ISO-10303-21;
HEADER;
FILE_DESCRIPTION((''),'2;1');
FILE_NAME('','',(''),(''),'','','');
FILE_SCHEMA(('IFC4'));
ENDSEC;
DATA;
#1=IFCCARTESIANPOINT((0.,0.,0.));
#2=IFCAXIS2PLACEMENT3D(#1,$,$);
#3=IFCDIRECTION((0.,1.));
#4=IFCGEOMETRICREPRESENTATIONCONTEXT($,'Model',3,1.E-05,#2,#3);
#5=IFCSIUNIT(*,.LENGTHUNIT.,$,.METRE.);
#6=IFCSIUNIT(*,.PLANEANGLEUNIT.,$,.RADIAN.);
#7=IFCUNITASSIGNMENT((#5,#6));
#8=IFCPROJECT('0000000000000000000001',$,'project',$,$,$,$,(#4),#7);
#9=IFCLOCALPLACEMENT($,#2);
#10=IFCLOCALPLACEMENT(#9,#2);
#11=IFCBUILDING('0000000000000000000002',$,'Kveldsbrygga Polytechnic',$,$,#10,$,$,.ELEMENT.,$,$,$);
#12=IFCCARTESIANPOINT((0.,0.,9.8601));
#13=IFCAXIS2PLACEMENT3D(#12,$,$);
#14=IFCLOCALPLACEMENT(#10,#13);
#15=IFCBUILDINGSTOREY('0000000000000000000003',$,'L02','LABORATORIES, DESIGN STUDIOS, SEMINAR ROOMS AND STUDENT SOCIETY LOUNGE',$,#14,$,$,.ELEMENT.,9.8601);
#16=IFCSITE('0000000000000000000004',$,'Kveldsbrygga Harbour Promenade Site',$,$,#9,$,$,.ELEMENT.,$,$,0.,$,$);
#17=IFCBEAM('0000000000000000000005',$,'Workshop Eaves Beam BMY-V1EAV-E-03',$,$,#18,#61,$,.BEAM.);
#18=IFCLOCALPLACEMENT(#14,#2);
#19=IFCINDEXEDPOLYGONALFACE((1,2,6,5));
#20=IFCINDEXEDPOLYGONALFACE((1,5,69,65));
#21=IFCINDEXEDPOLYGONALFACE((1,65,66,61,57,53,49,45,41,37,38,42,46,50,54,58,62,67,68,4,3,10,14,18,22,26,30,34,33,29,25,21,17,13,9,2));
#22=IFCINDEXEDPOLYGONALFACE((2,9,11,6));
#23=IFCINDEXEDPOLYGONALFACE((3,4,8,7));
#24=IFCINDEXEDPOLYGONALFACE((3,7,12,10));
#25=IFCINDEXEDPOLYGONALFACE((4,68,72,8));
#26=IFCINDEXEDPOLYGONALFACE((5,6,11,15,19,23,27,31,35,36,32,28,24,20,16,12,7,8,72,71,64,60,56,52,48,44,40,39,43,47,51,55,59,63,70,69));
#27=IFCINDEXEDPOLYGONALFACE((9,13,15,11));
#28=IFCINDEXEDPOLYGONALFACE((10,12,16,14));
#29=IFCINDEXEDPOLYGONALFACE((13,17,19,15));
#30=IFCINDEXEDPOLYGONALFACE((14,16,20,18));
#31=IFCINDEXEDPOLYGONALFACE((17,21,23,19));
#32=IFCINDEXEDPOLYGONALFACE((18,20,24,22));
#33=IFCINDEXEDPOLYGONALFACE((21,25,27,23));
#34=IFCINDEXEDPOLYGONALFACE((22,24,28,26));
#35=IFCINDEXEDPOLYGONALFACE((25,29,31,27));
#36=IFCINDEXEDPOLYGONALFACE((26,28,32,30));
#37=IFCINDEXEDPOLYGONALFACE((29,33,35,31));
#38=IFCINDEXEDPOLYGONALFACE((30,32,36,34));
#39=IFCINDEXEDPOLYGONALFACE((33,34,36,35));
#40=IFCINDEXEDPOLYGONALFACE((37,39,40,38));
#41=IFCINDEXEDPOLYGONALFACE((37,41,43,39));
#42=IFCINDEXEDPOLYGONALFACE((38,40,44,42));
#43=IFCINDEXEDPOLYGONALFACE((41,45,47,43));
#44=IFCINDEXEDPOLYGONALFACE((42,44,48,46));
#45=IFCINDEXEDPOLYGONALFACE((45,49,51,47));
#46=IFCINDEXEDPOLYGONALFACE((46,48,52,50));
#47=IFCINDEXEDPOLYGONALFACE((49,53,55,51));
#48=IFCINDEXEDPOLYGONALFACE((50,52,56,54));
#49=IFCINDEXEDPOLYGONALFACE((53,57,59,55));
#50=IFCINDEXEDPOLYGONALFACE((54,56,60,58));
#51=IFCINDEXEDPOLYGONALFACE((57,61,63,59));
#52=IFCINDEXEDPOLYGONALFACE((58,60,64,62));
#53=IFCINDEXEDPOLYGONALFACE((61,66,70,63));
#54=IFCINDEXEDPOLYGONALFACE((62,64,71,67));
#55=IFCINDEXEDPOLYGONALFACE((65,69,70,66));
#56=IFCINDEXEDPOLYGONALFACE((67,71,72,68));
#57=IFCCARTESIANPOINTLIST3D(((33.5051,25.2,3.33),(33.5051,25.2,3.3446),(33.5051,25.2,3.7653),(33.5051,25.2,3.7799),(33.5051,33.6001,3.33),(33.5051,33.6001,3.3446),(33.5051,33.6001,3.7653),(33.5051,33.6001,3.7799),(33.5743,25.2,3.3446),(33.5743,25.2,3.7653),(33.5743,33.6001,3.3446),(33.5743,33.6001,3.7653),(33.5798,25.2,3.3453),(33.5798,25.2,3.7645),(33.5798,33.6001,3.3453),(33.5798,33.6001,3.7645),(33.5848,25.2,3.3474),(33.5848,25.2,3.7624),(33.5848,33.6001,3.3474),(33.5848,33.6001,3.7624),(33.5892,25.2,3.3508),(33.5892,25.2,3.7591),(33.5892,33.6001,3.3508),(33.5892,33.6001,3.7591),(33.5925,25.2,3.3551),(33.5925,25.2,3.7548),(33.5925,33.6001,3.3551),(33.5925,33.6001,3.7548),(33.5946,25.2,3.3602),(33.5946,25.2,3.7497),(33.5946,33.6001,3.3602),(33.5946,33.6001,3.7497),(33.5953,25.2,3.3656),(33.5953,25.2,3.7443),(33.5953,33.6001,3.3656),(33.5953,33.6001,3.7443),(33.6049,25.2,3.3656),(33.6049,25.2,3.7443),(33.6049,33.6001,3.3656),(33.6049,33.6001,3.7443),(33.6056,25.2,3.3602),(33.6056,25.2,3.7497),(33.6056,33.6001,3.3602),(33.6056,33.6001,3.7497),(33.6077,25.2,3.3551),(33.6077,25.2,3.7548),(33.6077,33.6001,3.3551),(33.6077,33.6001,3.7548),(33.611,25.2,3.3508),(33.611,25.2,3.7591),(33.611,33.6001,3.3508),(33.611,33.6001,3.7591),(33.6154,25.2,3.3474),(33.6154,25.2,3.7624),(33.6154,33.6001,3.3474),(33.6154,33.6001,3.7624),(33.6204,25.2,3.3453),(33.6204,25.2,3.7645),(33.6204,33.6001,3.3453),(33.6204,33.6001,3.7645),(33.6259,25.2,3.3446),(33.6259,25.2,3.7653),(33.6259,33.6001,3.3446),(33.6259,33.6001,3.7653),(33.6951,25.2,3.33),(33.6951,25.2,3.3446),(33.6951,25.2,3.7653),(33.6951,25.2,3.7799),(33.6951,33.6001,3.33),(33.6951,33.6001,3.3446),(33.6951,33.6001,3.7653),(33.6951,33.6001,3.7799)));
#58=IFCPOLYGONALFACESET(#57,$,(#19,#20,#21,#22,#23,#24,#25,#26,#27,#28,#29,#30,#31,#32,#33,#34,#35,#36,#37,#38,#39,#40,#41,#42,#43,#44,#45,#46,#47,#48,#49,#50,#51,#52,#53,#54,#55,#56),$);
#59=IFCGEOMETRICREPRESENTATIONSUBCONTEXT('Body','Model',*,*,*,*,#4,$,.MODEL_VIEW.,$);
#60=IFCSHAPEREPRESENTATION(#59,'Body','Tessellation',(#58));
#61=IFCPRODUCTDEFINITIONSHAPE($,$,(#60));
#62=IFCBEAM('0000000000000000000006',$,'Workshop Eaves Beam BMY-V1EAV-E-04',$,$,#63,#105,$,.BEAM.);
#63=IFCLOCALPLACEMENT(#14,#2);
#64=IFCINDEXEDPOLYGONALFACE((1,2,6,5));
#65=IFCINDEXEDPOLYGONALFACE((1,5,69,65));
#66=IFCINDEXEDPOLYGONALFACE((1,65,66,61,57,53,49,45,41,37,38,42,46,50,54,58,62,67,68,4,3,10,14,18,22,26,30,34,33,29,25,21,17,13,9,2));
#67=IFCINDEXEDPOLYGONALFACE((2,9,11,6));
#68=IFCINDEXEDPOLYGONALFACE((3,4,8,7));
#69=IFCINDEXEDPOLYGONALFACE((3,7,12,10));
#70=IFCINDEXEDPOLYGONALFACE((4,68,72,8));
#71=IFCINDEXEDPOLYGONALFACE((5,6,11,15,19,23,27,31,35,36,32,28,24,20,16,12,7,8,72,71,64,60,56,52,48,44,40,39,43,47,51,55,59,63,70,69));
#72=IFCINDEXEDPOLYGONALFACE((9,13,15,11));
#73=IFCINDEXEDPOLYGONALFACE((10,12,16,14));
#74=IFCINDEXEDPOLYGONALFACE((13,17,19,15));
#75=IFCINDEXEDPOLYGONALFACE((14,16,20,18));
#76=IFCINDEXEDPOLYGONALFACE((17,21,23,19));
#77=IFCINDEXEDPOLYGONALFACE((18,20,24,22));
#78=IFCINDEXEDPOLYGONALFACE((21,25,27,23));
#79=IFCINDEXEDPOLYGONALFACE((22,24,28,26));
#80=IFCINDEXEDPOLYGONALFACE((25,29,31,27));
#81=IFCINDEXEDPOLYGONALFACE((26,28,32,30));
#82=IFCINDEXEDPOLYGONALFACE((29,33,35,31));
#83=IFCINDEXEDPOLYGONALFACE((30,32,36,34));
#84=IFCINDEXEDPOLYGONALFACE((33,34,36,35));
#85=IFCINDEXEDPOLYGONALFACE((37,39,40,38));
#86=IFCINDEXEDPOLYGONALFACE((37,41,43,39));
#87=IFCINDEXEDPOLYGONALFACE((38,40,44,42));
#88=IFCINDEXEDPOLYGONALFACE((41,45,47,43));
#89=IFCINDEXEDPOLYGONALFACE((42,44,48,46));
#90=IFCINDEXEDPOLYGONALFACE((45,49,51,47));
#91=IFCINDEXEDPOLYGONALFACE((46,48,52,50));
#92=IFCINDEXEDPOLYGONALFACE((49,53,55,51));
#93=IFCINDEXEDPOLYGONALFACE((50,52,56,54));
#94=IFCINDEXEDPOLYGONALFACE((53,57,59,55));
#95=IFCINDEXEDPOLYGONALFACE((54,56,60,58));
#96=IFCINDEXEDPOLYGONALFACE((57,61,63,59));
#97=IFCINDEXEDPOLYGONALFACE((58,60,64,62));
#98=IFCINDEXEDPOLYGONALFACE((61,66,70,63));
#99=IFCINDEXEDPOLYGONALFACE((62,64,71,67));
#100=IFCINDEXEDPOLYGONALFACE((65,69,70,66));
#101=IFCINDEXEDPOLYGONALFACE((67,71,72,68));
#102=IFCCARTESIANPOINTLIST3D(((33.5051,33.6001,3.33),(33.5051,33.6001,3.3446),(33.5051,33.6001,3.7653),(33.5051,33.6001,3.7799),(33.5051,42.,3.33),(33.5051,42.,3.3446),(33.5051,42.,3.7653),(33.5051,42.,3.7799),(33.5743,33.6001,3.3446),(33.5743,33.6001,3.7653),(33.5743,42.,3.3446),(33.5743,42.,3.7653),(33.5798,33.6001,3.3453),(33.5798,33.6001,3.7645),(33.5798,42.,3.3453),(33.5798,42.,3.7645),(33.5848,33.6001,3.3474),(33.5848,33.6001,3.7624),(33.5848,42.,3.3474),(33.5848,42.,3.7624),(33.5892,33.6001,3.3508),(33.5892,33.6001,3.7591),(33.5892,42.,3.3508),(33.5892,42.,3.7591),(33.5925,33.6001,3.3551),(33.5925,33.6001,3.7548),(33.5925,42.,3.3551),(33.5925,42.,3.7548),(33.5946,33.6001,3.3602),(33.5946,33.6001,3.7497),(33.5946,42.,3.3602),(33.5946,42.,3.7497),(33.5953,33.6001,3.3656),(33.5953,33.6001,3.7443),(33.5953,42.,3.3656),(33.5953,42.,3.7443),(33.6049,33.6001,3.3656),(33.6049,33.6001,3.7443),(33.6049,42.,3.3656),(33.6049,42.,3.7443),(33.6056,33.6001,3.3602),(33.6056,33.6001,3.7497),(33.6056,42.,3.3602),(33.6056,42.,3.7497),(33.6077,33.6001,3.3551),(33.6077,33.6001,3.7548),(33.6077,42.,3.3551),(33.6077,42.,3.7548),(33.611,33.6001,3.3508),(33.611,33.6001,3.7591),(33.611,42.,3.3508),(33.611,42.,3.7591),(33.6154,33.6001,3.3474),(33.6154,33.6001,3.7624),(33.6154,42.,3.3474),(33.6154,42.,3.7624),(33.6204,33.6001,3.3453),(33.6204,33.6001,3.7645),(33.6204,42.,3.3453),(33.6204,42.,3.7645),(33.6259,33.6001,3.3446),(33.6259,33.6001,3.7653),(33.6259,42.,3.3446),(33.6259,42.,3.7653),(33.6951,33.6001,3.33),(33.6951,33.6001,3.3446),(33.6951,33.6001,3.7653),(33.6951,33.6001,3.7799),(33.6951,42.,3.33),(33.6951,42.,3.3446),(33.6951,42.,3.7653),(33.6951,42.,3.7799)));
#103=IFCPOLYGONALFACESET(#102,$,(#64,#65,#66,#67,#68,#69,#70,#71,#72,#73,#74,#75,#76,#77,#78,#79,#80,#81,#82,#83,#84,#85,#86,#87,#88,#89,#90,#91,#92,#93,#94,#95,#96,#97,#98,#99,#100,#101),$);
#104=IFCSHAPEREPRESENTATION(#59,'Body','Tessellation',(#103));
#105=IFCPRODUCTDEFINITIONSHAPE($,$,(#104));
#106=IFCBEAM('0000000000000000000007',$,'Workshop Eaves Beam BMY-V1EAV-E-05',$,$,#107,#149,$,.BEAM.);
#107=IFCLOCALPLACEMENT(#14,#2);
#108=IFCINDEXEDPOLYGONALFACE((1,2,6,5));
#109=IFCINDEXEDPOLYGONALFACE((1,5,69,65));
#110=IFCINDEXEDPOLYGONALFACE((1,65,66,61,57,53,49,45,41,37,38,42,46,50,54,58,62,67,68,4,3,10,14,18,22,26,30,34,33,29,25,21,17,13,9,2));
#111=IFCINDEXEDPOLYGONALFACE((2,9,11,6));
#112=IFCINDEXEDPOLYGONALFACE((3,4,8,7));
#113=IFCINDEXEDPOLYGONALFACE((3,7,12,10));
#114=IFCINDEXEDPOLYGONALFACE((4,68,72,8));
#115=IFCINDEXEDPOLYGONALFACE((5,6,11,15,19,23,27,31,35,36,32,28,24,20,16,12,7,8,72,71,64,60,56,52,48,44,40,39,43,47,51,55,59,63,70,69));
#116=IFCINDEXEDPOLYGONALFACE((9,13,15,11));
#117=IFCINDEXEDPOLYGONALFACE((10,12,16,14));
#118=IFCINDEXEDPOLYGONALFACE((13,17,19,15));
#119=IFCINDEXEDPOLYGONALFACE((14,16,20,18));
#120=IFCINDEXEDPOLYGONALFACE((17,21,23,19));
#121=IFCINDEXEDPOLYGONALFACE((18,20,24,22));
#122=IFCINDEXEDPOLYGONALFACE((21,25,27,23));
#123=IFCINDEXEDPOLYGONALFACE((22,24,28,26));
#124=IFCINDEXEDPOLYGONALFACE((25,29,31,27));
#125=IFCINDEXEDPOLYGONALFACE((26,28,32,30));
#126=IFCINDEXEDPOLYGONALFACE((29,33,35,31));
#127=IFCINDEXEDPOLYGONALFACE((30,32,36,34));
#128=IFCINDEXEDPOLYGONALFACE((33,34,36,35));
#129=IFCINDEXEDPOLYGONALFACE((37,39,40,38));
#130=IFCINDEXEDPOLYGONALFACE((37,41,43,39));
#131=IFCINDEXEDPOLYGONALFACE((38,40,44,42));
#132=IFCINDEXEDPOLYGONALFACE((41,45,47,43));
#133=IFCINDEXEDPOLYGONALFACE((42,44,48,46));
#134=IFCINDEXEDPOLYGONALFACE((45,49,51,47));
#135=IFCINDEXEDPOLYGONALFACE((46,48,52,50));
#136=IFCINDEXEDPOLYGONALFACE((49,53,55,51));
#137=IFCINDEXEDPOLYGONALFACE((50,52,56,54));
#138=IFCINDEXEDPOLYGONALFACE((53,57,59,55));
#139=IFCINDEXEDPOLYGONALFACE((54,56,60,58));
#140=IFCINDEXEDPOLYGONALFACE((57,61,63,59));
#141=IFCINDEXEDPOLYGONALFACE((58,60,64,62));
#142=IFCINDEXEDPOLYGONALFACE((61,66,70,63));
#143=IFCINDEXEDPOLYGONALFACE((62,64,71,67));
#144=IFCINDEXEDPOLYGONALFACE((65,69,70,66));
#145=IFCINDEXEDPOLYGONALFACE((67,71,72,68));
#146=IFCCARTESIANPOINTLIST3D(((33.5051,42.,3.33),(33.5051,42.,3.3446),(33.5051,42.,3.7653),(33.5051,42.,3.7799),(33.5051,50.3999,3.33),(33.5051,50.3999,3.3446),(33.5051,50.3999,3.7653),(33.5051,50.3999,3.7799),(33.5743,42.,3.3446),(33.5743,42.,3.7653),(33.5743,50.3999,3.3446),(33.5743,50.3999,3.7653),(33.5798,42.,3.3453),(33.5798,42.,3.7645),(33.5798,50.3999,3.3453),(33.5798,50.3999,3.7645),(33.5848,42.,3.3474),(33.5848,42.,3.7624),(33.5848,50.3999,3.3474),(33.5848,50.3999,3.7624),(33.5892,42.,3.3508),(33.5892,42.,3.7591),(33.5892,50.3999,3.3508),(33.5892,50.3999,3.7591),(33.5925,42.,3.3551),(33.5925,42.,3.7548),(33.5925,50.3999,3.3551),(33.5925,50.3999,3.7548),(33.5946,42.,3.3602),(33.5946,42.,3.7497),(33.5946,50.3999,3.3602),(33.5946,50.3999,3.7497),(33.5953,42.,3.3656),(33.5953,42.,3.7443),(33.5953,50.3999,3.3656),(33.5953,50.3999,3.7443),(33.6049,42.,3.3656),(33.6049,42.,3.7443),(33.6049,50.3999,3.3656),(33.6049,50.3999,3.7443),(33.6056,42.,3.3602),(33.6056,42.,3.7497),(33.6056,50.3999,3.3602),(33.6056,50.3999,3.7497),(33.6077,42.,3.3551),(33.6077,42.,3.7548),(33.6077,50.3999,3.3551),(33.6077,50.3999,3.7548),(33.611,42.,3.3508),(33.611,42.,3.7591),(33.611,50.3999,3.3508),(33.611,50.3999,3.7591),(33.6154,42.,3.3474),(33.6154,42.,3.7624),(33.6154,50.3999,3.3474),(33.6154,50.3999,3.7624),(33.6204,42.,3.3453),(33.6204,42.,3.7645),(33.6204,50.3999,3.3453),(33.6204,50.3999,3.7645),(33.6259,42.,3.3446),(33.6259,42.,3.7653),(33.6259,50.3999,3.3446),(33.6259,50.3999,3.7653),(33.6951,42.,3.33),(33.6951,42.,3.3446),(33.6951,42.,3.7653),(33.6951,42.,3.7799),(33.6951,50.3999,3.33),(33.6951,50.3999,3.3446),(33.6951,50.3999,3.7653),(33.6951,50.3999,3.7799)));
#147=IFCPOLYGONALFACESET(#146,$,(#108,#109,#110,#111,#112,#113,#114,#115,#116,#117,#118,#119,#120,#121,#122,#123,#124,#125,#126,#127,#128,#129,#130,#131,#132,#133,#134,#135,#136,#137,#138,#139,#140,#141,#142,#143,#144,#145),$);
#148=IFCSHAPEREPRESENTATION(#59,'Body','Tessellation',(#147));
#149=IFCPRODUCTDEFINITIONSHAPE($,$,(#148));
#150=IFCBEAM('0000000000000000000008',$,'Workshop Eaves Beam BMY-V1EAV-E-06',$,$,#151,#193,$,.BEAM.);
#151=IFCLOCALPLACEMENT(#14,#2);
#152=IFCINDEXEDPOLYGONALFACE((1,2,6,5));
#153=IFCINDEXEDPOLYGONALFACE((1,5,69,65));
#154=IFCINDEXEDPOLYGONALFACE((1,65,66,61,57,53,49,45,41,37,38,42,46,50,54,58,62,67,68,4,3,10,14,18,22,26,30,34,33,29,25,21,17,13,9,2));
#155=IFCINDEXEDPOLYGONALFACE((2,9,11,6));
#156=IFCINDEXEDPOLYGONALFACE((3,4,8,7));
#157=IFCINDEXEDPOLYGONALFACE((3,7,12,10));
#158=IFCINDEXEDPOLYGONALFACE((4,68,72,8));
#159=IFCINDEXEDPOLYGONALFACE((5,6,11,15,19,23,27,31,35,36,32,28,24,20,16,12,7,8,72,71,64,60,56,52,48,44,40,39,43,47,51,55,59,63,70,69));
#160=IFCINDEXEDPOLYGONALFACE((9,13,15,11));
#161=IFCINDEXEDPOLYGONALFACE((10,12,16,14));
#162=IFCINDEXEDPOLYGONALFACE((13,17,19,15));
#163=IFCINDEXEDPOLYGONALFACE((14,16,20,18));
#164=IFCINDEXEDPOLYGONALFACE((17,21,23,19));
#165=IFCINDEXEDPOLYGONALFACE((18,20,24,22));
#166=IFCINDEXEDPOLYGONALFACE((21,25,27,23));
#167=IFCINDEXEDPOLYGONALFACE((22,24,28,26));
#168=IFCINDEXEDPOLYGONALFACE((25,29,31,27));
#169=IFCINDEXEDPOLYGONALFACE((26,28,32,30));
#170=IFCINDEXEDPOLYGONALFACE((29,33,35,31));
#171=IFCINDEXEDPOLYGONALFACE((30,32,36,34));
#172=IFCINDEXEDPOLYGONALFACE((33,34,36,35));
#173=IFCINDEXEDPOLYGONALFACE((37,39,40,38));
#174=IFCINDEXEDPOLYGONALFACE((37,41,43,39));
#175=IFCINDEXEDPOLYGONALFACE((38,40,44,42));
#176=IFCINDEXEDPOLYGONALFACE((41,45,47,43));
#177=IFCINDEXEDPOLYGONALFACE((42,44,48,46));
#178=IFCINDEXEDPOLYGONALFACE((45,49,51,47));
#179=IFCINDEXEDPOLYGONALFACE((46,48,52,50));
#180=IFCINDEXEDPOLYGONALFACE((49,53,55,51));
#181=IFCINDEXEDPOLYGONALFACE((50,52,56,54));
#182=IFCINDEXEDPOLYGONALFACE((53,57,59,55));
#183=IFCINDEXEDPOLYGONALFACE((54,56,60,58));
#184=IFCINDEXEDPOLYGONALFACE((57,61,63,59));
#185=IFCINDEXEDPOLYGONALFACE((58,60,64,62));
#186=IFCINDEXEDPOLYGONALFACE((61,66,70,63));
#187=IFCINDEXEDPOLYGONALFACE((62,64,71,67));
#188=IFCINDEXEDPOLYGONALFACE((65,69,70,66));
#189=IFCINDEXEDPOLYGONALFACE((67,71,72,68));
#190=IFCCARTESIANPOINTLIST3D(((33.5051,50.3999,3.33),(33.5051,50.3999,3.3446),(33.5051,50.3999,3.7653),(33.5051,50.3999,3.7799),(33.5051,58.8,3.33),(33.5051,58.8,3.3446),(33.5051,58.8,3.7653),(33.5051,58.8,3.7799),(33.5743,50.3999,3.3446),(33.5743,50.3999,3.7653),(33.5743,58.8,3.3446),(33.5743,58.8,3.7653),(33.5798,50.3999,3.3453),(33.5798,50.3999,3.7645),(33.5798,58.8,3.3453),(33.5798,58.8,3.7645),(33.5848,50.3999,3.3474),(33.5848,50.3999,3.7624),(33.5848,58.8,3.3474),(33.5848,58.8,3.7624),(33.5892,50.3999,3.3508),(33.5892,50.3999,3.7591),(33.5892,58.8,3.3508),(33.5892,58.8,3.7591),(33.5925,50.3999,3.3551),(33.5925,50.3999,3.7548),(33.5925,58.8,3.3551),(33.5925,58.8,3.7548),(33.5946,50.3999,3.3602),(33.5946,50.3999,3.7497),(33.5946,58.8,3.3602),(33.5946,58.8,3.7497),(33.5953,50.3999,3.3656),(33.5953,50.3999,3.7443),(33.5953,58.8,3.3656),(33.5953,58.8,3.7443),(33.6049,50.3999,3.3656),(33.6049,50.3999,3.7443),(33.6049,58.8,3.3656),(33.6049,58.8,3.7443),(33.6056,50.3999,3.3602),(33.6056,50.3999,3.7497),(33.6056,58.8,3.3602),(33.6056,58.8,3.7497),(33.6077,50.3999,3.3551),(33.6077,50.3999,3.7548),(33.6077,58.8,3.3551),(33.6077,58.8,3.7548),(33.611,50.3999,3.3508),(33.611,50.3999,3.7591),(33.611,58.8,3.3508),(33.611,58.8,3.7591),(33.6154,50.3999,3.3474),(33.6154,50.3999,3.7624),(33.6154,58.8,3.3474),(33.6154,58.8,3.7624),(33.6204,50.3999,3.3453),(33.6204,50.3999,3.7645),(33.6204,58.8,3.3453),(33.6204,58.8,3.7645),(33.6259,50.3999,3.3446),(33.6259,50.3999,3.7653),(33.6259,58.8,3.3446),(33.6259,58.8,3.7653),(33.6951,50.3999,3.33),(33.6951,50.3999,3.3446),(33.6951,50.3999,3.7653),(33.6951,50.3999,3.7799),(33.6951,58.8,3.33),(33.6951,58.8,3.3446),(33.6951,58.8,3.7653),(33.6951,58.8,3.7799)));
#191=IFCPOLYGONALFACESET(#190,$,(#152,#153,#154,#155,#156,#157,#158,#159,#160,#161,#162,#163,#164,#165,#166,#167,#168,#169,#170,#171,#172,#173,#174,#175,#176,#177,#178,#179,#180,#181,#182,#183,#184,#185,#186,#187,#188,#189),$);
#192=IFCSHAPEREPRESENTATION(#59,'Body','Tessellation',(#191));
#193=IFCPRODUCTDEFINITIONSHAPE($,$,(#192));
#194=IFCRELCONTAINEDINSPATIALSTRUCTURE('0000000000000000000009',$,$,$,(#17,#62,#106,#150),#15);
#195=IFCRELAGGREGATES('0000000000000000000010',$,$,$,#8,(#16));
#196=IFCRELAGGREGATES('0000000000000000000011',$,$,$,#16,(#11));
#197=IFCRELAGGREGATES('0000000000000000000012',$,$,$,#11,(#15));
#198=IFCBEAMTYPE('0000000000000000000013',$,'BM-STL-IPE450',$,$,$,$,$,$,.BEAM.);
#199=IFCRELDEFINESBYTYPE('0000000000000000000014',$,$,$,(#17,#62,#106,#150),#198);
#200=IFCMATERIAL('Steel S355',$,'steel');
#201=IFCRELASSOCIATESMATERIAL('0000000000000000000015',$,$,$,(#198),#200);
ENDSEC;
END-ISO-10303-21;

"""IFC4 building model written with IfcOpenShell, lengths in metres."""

from ifc_helpers import new_model, si_unit, direction, frame, origin, origin_2d, place, context, subcontext, project, spatial, i_section, extrude, material, material_profile, profile_set, type_object, element, save


model = new_model("IFC4")

# Units and contexts
model_context = context("Model", 3, precision=1e-05, world=origin(), true_north=direction((0.0, 1.0)))
body_context = subcontext(model_context, "Body", "Model", "MODEL_VIEW")
ifc_project = project(units=[si_unit("LENGTHUNIT", "METRE"), si_unit("PLANEANGLEUNIT", "RADIAN")], contexts=[model_context])

# Site, building, storey
site_placement = place(None, origin())
site = spatial("IfcSite", under=ifc_project, at=site_placement, Name="Kveldsbrygga Harbour Promenade Site", CompositionType="ELEMENT", RefElevation=0.0)
building_placement = place(site_placement, origin())
building = spatial("IfcBuilding", under=site, at=building_placement, Name="Kveldsbrygga Polytechnic", CompositionType="ELEMENT")
storey_placement = place(building_placement, frame((0.0, 0.0, 9.8601)))
storey = spatial("IfcBuildingStorey", under=building, at=storey_placement, Name="L02", Description="LABORATORIES, DESIGN STUDIOS, SEMINAR ROOMS AND STUDENT SOCIETY LOUNGE", CompositionType="ELEMENT", Elevation=9.8601)

# Shared definitions
ifc_material_1 = material(Name="Steel S355", Category="steel")

# Beams
ifc_material_profile_1 = material_profile(ifc_material_1, i_section(OverallWidth=0.1899, OverallDepth=0.45, WebThickness=0.0095, FlangeThickness=0.0146, FilletRadius=0.021, at=origin_2d()), Name="IPE 450")
ifc_profile_set_1 = profile_set([ifc_material_profile_1], Name="Steel S355")
beam_type = type_object("IfcBeamType", Name="BM-STL-IPE450", PredefinedType="BEAM", material=ifc_profile_set_1)
beam_1_placement = place(storey_placement, frame((33.6001, 25.2, 3.5549), z_axis=(0.0, 1.0, 0.0), x_axis=(-1.0, 0.0, 0.0)))
element("IfcBeam", 1, at=beam_1_placement, inside=storey, type_object=beam_type, Name="Workshop Eaves Beam BMY-V1EAV-E-03", PredefinedType="BEAM", context=body_context, shape_type="SweptSolid", body=[
    extrude(i_section(OverallWidth=0.1899, OverallDepth=0.45, WebThickness=0.0095, FlangeThickness=0.0146, FilletRadius=0.021, at=origin_2d()), origin(), (0.0, 0.0, 1.0), 8.4001),
])
for number, where, z_axis, x_axis, name in (
    (2, (33.6001, 33.6001, 3.5549), (0.0, 1.0, 0.0), (-1.0, 0.0, 0.0), "Workshop Eaves Beam BMY-V1EAV-E-04"),
    (3, (33.6001, 42.0, 3.5549), (0.0, 1.0, 0.0), (-1.0, 0.0, 0.0), "Workshop Eaves Beam BMY-V1EAV-E-05"),
):
    element("IfcBeam", number, at=place(storey_placement, frame(where, z_axis=z_axis, x_axis=x_axis)), inside=storey, type_object=beam_type, Name=name, PredefinedType="BEAM", context=body_context, shape_type="SweptSolid", body=[
        extrude(i_section(OverallWidth=0.1899, OverallDepth=0.45, WebThickness=0.0095, FlangeThickness=0.0146, FilletRadius=0.021, at=origin_2d()), origin(), (0.0, 0.0, 1.0), 8.3999),
    ])
beam_2_placement = place(storey_placement, frame((33.6001, 50.3999, 3.5549), z_axis=(0.0, 1.0, 0.0), x_axis=(-1.0, 0.0, 0.0)))
element("IfcBeam", 4, at=beam_2_placement, inside=storey, type_object=beam_type, Name="Workshop Eaves Beam BMY-V1EAV-E-06", PredefinedType="BEAM", context=body_context, shape_type="SweptSolid", body=[
    extrude(i_section(OverallWidth=0.1899, OverallDepth=0.45, WebThickness=0.0095, FlangeThickness=0.0146, FilletRadius=0.021, at=origin_2d()), origin(), (0.0, 0.0, 1.0), 8.4001),
])

save(model, "model.ifc")
